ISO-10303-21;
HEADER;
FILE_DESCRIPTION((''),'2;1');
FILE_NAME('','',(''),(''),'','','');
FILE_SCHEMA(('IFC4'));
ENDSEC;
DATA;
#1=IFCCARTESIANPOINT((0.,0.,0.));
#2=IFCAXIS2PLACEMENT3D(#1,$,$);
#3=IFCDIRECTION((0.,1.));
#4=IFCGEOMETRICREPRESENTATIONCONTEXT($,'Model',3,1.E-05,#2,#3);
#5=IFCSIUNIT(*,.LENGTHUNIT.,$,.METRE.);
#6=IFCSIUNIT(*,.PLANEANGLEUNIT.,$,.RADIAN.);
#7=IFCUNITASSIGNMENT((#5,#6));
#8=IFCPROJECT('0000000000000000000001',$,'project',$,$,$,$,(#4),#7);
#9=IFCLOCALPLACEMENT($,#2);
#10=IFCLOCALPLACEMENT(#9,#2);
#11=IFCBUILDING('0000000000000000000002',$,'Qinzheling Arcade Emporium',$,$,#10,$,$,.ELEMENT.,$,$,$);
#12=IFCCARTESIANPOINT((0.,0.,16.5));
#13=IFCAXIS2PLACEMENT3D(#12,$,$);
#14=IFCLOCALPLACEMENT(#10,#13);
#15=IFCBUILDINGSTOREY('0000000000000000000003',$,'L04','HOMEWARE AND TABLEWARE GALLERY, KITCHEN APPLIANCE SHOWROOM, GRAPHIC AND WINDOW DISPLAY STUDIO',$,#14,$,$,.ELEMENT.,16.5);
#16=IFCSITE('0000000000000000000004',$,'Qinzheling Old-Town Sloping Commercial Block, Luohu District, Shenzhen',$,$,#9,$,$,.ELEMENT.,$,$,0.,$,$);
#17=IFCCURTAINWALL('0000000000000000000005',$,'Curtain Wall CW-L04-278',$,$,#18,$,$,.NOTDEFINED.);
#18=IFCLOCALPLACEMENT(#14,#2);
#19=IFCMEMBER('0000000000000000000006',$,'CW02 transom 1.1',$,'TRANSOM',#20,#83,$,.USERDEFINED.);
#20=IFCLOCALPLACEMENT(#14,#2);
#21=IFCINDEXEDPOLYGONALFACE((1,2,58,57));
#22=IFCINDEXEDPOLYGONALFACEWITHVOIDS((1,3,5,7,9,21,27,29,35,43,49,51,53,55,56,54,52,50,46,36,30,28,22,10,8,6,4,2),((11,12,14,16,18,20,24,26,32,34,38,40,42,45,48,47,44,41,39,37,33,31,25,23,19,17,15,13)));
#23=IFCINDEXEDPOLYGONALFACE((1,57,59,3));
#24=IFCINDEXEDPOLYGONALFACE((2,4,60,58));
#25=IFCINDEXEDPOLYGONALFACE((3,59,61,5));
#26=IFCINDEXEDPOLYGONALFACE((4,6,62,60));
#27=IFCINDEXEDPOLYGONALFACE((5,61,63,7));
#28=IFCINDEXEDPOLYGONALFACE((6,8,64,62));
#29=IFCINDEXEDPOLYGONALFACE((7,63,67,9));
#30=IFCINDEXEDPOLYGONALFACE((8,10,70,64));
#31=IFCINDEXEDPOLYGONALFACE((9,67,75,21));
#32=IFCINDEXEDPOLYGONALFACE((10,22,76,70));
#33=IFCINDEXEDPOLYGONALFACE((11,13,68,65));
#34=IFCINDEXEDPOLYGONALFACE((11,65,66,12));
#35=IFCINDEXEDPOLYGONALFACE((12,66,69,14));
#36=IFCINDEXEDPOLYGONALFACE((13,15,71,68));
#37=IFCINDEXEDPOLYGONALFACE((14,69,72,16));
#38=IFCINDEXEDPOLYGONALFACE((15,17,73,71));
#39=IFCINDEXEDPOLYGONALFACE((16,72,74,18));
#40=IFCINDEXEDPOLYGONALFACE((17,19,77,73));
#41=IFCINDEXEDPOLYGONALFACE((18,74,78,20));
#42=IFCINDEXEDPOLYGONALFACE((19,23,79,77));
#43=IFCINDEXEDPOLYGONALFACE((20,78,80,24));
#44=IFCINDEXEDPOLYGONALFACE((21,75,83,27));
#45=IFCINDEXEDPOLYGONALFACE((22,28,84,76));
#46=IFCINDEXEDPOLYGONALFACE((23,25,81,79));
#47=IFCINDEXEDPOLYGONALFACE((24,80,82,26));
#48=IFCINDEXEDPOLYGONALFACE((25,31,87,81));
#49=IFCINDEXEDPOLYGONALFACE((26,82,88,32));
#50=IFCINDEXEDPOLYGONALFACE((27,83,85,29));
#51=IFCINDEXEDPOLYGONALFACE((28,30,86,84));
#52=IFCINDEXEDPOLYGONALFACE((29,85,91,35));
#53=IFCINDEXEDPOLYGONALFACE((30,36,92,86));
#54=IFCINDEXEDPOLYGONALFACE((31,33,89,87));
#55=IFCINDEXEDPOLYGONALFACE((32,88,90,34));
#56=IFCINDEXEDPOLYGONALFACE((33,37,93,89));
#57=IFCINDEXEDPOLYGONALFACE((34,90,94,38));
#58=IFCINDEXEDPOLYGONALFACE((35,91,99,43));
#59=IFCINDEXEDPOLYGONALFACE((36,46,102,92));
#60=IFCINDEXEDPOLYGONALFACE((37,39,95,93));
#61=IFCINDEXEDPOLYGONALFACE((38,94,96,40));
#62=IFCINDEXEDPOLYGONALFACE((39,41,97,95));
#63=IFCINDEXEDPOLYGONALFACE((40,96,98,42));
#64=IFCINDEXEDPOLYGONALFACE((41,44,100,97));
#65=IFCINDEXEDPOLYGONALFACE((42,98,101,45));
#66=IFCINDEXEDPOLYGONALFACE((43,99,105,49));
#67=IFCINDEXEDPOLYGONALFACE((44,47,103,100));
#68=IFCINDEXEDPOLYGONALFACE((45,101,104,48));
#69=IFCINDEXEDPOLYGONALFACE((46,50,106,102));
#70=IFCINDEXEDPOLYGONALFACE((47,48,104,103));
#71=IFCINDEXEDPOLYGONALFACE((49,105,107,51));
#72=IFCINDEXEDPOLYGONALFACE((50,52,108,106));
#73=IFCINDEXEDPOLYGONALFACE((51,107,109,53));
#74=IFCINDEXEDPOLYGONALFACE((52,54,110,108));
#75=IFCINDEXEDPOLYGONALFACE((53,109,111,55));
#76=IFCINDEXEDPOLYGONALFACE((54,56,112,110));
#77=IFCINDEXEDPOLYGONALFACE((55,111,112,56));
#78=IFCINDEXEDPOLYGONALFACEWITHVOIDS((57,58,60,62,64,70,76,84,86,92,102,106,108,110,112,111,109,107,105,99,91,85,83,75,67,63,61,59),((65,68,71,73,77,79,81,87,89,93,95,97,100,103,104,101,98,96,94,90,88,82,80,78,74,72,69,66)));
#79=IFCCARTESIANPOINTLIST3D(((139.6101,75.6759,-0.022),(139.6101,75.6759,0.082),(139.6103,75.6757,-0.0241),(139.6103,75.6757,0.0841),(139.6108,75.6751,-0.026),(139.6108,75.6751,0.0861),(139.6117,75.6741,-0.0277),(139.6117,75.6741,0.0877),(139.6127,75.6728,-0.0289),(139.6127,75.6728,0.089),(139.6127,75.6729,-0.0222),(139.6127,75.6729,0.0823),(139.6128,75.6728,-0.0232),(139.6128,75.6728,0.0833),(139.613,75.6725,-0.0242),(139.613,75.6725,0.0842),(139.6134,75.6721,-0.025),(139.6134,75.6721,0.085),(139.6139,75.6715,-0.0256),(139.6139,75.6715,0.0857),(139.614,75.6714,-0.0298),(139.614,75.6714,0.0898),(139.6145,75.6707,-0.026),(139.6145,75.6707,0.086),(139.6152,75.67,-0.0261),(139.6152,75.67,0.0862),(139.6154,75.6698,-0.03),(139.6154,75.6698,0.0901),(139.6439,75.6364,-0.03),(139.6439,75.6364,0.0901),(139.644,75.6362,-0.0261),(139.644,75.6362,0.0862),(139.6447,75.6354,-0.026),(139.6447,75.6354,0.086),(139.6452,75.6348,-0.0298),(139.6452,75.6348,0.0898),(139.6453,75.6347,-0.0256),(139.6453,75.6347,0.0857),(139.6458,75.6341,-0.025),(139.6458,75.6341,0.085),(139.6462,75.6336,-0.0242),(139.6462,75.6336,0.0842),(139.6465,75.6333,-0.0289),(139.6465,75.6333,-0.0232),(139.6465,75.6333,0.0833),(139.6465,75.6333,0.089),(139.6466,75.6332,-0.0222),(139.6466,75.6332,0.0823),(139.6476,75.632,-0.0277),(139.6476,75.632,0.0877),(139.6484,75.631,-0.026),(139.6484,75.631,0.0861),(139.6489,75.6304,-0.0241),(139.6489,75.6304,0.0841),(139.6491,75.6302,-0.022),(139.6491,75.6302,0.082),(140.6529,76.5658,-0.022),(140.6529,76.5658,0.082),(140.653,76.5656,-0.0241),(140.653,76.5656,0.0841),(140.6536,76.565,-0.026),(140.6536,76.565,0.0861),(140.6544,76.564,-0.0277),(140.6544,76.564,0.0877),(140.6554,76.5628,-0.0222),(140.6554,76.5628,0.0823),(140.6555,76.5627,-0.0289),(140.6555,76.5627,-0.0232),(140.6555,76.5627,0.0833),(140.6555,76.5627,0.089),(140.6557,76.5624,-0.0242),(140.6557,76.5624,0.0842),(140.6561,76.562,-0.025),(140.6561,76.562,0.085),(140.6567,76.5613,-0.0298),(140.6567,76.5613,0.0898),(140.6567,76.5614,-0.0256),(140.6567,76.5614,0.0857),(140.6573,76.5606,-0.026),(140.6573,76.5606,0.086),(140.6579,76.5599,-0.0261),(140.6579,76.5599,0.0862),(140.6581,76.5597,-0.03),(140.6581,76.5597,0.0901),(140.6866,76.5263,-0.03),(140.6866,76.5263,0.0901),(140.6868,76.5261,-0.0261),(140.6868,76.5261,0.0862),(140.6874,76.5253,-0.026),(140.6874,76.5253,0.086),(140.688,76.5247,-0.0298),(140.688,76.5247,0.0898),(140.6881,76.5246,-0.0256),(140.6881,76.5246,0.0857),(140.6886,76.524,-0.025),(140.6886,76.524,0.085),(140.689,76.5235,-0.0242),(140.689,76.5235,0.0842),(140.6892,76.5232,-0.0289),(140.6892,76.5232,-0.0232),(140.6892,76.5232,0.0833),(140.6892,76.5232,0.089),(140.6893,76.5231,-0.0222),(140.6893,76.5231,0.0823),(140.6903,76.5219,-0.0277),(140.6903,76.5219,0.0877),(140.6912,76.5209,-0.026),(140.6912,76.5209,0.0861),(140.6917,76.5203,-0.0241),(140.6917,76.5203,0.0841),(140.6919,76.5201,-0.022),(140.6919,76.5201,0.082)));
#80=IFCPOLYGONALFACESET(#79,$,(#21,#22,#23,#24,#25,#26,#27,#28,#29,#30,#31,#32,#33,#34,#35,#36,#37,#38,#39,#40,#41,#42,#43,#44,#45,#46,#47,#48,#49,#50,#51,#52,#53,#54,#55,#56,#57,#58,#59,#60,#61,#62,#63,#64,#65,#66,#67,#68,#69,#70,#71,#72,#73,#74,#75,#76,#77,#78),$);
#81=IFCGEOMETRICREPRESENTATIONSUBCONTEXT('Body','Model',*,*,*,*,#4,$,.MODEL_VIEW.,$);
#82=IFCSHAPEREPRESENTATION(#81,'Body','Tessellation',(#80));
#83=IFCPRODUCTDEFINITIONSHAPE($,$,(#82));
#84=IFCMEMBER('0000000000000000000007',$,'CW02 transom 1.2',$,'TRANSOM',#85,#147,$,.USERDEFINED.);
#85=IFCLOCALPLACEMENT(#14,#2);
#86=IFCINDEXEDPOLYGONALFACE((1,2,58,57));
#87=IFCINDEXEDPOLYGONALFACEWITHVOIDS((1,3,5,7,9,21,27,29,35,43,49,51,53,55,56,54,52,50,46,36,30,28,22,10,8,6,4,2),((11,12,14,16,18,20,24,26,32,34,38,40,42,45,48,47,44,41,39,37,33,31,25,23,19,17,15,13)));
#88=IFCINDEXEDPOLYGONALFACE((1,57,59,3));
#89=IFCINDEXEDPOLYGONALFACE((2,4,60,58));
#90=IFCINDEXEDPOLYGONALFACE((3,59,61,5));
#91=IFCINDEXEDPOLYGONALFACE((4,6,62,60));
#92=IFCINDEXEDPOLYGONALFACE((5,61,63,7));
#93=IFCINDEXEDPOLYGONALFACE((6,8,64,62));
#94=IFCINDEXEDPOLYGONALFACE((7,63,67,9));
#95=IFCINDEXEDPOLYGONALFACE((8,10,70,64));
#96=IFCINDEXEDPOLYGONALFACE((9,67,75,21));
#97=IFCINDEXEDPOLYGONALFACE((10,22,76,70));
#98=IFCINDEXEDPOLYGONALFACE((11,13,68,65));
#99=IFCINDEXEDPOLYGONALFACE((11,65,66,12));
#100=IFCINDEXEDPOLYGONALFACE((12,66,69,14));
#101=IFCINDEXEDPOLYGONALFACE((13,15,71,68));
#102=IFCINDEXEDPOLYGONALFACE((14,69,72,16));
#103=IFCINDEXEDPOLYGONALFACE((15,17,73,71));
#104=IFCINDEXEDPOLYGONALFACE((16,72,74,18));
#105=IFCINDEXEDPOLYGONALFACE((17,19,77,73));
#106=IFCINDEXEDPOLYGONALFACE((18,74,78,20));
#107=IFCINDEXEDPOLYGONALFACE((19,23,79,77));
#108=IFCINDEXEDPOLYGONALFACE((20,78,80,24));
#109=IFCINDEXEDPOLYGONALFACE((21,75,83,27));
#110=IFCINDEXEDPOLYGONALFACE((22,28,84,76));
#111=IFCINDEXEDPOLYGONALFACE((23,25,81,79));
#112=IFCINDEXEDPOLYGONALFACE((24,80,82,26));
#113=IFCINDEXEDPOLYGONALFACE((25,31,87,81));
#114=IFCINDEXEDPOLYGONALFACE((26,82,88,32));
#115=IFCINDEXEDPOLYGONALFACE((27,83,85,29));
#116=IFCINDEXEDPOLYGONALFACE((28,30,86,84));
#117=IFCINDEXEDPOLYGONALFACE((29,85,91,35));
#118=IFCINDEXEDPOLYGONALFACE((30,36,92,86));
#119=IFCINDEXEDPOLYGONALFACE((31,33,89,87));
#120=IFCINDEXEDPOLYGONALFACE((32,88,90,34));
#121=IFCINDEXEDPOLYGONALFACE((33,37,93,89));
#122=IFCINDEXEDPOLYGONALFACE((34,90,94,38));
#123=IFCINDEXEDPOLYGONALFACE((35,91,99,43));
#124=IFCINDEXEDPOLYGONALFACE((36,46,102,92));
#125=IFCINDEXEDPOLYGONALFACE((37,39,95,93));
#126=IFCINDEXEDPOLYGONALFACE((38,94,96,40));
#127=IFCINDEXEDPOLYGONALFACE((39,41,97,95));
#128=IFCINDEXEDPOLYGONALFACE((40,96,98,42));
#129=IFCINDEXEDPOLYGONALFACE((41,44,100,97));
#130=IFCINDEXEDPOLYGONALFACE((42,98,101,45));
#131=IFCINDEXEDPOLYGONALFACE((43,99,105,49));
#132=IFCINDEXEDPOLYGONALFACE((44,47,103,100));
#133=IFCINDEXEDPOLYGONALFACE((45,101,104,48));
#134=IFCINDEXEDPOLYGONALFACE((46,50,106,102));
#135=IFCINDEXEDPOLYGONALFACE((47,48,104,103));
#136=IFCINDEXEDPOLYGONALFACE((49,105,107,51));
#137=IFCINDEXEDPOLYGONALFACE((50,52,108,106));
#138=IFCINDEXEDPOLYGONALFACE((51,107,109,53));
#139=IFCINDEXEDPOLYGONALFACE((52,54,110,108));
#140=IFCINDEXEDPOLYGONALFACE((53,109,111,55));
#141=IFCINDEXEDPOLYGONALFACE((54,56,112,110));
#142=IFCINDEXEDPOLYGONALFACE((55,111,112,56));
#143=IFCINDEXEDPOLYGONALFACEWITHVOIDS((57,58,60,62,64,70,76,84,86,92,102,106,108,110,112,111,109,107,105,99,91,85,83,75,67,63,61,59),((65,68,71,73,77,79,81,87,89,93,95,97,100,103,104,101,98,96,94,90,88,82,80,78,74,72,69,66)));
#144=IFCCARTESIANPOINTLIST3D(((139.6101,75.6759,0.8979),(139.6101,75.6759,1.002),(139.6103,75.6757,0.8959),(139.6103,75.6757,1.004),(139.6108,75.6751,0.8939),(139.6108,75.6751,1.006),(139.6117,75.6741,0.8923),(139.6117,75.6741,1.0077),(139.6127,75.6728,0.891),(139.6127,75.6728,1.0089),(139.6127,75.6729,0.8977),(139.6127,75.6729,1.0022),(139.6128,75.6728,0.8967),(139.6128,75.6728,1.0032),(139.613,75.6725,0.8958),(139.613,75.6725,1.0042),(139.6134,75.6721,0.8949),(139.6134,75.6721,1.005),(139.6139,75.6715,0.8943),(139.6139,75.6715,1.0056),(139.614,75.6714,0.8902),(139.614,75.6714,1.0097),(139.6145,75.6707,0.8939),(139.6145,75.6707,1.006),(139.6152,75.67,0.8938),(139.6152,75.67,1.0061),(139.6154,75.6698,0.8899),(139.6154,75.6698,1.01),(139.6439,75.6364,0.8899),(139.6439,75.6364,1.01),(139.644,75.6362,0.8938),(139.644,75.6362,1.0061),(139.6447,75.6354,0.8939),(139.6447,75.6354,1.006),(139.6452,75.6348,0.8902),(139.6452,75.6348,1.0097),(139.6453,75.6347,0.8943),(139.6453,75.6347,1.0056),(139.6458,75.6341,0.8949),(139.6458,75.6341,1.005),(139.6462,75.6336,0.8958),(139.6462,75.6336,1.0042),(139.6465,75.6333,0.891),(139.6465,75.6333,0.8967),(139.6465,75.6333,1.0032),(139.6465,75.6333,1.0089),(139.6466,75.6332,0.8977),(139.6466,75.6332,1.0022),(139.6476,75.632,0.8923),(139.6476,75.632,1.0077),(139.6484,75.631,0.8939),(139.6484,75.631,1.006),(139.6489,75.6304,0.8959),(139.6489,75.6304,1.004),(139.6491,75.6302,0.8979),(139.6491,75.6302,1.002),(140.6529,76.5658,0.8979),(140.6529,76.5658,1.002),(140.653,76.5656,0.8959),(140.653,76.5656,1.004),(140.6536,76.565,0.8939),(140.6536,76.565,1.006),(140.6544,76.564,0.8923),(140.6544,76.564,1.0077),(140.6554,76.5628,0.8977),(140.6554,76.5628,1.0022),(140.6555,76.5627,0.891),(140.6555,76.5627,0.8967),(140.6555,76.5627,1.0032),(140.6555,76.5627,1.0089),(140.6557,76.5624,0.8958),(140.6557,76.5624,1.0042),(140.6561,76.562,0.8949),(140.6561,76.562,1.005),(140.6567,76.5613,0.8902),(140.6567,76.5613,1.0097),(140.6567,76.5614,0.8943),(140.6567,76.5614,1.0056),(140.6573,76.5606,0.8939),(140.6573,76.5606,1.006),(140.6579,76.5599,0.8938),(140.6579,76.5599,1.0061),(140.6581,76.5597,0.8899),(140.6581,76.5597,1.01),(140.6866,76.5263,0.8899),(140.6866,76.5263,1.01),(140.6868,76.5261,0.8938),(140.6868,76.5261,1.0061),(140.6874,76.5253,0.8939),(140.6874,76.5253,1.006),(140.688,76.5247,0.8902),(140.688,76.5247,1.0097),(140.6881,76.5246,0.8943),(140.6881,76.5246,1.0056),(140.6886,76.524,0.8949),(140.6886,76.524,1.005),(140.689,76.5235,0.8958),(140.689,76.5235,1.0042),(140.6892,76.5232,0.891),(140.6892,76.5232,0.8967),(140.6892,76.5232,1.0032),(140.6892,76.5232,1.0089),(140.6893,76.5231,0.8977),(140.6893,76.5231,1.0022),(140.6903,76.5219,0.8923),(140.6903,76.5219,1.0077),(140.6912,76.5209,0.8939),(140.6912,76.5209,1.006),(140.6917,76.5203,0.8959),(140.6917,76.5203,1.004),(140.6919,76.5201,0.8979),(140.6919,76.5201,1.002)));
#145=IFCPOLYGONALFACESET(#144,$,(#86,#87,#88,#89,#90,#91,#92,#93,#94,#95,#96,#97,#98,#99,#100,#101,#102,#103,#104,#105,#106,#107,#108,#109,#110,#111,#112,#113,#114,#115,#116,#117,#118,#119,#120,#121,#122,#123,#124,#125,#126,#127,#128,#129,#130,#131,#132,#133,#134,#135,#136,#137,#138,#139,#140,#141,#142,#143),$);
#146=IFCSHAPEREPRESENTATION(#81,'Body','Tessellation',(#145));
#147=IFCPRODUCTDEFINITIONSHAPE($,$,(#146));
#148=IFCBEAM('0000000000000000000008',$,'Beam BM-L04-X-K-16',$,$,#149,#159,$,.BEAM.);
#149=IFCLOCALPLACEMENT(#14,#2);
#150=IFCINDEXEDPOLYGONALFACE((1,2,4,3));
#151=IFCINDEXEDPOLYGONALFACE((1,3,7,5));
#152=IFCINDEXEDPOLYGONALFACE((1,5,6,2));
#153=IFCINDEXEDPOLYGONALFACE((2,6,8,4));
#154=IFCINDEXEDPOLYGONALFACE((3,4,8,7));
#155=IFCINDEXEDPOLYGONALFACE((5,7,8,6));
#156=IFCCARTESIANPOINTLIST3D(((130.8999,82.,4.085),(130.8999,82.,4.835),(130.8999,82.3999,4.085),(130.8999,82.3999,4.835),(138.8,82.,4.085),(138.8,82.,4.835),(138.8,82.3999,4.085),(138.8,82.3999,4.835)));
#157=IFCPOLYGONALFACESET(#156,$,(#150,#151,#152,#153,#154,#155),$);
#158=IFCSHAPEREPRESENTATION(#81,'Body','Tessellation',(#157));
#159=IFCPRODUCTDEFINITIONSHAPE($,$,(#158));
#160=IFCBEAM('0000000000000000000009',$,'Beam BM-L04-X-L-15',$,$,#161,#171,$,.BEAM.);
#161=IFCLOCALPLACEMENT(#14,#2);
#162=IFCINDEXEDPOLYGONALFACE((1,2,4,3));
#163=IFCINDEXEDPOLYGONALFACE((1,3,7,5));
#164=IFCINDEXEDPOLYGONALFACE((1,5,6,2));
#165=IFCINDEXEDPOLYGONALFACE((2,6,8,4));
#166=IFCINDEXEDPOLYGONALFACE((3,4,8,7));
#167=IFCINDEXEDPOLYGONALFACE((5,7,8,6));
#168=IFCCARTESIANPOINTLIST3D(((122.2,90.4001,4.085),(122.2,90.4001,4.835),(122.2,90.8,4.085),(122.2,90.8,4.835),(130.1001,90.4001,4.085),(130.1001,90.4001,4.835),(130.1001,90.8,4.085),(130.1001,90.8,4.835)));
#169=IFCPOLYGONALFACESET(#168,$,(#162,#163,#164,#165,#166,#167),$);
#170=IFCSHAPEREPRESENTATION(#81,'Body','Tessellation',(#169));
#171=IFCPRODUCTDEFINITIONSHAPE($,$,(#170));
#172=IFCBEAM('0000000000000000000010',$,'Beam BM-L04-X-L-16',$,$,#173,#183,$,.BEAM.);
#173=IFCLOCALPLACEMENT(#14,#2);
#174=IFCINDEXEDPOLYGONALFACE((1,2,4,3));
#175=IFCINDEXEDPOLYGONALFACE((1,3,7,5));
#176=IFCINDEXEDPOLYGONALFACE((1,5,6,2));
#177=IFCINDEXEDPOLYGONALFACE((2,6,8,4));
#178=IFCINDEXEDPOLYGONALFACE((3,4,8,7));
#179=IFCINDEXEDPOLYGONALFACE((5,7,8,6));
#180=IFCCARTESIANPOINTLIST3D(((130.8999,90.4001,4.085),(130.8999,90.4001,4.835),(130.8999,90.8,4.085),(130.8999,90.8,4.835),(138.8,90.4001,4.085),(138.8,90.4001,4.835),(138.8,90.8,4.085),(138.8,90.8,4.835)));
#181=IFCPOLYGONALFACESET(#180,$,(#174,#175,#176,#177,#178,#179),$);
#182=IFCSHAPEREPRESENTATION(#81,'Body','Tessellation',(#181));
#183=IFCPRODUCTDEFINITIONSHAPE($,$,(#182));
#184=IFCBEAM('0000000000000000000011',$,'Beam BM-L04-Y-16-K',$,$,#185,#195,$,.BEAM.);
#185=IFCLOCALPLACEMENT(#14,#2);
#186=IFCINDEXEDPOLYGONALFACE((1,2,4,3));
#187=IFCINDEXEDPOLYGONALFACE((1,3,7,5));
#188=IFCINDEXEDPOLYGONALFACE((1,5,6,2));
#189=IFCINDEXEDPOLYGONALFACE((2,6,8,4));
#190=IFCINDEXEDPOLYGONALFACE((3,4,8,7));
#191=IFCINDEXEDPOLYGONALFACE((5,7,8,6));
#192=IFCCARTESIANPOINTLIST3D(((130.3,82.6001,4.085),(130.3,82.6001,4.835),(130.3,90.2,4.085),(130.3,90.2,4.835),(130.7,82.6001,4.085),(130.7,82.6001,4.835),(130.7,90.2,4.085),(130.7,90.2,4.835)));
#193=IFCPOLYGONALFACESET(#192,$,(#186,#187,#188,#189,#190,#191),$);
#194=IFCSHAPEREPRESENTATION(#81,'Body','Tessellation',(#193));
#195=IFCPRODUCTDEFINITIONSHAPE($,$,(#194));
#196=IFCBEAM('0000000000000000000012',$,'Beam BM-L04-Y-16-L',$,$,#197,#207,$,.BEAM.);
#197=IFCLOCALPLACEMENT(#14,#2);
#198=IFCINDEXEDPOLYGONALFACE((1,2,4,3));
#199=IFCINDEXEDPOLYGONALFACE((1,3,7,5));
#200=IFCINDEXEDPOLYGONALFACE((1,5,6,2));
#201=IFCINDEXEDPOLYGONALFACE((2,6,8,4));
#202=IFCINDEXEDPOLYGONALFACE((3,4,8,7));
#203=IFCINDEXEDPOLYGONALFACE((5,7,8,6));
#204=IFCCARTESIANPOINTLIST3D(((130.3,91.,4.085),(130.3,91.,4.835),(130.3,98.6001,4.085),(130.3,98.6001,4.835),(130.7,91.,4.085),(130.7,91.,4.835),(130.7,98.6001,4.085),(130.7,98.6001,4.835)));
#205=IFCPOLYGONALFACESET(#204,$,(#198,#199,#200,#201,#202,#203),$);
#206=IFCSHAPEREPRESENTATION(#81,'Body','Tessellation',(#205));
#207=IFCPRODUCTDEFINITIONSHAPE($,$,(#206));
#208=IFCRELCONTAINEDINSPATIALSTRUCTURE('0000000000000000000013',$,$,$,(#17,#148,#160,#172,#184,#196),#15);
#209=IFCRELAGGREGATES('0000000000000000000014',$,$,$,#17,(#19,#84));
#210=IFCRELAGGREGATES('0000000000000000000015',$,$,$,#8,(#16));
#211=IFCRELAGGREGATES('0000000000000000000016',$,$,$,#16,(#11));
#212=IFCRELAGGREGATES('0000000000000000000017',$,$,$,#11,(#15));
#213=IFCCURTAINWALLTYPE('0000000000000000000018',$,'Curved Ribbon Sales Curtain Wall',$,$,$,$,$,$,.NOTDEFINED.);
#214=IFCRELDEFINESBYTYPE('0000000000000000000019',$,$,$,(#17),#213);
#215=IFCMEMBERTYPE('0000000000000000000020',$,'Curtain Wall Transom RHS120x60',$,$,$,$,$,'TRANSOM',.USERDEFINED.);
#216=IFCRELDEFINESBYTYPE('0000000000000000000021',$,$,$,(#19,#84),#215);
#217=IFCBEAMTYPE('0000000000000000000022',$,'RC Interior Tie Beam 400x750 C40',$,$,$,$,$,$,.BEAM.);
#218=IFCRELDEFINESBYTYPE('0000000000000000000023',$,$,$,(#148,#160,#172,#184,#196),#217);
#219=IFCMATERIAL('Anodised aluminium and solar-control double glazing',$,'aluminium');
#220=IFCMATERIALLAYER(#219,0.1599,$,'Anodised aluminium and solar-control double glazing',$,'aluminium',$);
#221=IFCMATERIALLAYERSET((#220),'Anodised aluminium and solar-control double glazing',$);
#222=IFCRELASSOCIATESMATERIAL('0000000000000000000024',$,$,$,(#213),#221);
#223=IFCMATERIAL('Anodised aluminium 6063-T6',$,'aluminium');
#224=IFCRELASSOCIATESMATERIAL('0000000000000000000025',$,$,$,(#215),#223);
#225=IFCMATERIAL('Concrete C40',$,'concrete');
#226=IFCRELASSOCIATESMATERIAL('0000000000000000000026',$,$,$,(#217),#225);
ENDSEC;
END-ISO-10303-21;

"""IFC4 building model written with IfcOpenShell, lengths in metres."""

from ifc_helpers import new_model, si_unit, direction, frame, origin, origin_2d, place, context, subcontext, project, spatial, rectangle, hollow_rectangle, extrude, material, layer, layer_set, material_profile, profile_set, type_object, element, aggregate, save


model = new_model("IFC4")

# Units and contexts
model_context = context("Model", 3, precision=1e-05, world=origin(), true_north=direction((0.0, 1.0)))
body_context = subcontext(model_context, "Body", "Model", "MODEL_VIEW")
ifc_project = project(units=[si_unit("LENGTHUNIT", "METRE"), si_unit("PLANEANGLEUNIT", "RADIAN")], contexts=[model_context])

# Site, building, storey
site_placement = place(None, origin())
site = spatial("IfcSite", under=ifc_project, at=site_placement, Name="Qinzheling Old-Town Sloping Commercial Block, Luohu District, Shenzhen", CompositionType="ELEMENT", RefElevation=0.0)
building_placement = place(site_placement, origin())
building = spatial("IfcBuilding", under=site, at=building_placement, Name="Qinzheling Arcade Emporium", CompositionType="ELEMENT")
storey_placement = place(building_placement, frame((0.0, 0.0, 16.5)))
storey = spatial("IfcBuildingStorey", under=building, at=storey_placement, Name="L04", Description="HOMEWARE AND TABLEWARE GALLERY, KITCHEN APPLIANCE SHOWROOM, GRAPHIC AND WINDOW DISPLAY STUDIO", CompositionType="ELEMENT", Elevation=16.5)

# Shared definitions
ifc_material_1 = material(Name="Concrete C40", Category="concrete")

# Curtain wall
ifc_material_2 = material(Name="Anodised aluminium and solar-control double glazing", Category="aluminium")
ifc_layer_1 = layer(ifc_material_2, 0.1599, Name="Anodised aluminium and solar-control double glazing", Category="aluminium")
ifc_layer_set_1 = layer_set([ifc_layer_1], Name="Anodised aluminium and solar-control double glazing")
curtain_wall_type = type_object("IfcCurtainWallType", Name="Curved Ribbon Sales Curtain Wall", PredefinedType="NOTDEFINED", material=ifc_layer_set_1)
curtain_wall_1_placement = place(storey_placement, origin())
curtain_wall_1 = element("IfcCurtainWall", 1, at=curtain_wall_1_placement, inside=storey, type_object=curtain_wall_type, Name="Curtain Wall CW-L04-278", PredefinedType="NOTDEFINED")
ifc_material_3 = material(Name="Anodised aluminium 6063-T6", Category="aluminium")

# Members
ifc_material_profile_1 = material_profile(ifc_material_3, hollow_rectangle(XDim=0.0601, YDim=0.1201, WallThickness=0.0039, InnerFilletRadius=0.0039, OuterFilletRadius=0.0081, at=origin_2d()), Name="RHS 120x60x4", Category="aluminium")
ifc_profile_set_1 = profile_set([ifc_material_profile_1], Name="Anodised aluminium 6063-T6")
member_type_1 = type_object("IfcMemberType", Name="Curtain Wall Transom RHS120x60", ElementType="TRANSOM", PredefinedType="USERDEFINED", material=ifc_profile_set_1)
member_1_placement = place(storey_placement, frame((140.6724, 76.543, 0.03), z_axis=(-0.76065, -0.649162, 0.0), x_axis=(0.649162, -0.76065, 0.0)))
member_1 = element("IfcMember", 2, at=member_1_placement, type_object=member_type_1, Name="CW02 transom 1.1", ObjectType="TRANSOM", PredefinedType="USERDEFINED", context=body_context, shape_type="SweptSolid", body=[
    extrude(hollow_rectangle(XDim=0.0601, YDim=0.1201, WallThickness=0.0039, InnerFilletRadius=0.0039, OuterFilletRadius=0.0081, at=origin_2d()), origin(), (0.0, 0.0, 1.0), 1.3708),
])
member_2_placement = place(storey_placement, frame((140.6724, 76.543, 0.95), z_axis=(-0.76065, -0.649162, 0.0), x_axis=(0.649162, -0.76065, 0.0)))
member_2 = element("IfcMember", 3, at=member_2_placement, type_object=member_type_1, Name="CW02 transom 1.2", ObjectType="TRANSOM", PredefinedType="USERDEFINED", context=body_context, shape_type="SweptSolid", body=[
    extrude(hollow_rectangle(XDim=0.0601, YDim=0.1201, WallThickness=0.0039, InnerFilletRadius=0.0039, OuterFilletRadius=0.0081, at=origin_2d()), origin(), (0.0, 0.0, 1.0), 1.3708),
])

# Beams
ifc_material_profile_2 = material_profile(ifc_material_1, rectangle(XDim=0.3999, YDim=0.75, at=origin_2d()), Name="RC 400x750", Category="concrete")
ifc_profile_set_2 = profile_set([ifc_material_profile_2], Name="Concrete C40")
beam_type_1 = type_object("IfcBeamType", Name="RC Interior Tie Beam 400x750 C40", PredefinedType="BEAM", material=ifc_profile_set_2)
for number, where, z_axis, x_axis, name in (
    (4, (130.8999, 82.2, 4.46), (1.0, 0.0, 0.0), (0.0, 1.0, 0.0), "Beam BM-L04-X-K-16"),
    (5, (122.2, 90.6001, 4.46), (1.0, 0.0, 0.0), (0.0, 1.0, 0.0), "Beam BM-L04-X-L-15"),
    (6, (130.8999, 90.6001, 4.46), (1.0, 0.0, 0.0), (0.0, 1.0, 0.0), "Beam BM-L04-X-L-16"),
):
    element("IfcBeam", number, at=place(storey_placement, frame(where, z_axis=z_axis, x_axis=x_axis)), inside=storey, type_object=beam_type_1, Name=name, PredefinedType="BEAM", context=body_context, shape_type="SweptSolid", body=[
        extrude(rectangle(XDim=0.3999, YDim=0.75, at=origin_2d()), origin(), (0.0, 0.0, 1.0), 7.9001),
    ])
beam_1_placement = place(storey_placement, frame((130.5, 82.6001, 4.46), z_axis=(0.0, 1.0, 0.0), x_axis=(-1.0, 0.0, 0.0)))
element("IfcBeam", 7, at=beam_1_placement, inside=storey, type_object=beam_type_1, Name="Beam BM-L04-Y-16-K", PredefinedType="BEAM", context=body_context, shape_type="SweptSolid", body=[
    extrude(rectangle(XDim=0.3999, YDim=0.75, at=origin_2d()), origin(), (0.0, 0.0, 1.0), 7.5999),
])
beam_2_placement = place(storey_placement, frame((130.5, 91.0, 4.46), z_axis=(0.0, 1.0, 0.0), x_axis=(-1.0, 0.0, 0.0)))
element("IfcBeam", 8, at=beam_2_placement, inside=storey, type_object=beam_type_1, Name="Beam BM-L04-Y-16-L", PredefinedType="BEAM", context=body_context, shape_type="SweptSolid", body=[
    extrude(rectangle(XDim=0.3999, YDim=0.75, at=origin_2d()), origin(), (0.0, 0.0, 1.0), 7.6001),
])

aggregate(curtain_wall_1, [member_1, member_2])

save(model, "model.ifc")
